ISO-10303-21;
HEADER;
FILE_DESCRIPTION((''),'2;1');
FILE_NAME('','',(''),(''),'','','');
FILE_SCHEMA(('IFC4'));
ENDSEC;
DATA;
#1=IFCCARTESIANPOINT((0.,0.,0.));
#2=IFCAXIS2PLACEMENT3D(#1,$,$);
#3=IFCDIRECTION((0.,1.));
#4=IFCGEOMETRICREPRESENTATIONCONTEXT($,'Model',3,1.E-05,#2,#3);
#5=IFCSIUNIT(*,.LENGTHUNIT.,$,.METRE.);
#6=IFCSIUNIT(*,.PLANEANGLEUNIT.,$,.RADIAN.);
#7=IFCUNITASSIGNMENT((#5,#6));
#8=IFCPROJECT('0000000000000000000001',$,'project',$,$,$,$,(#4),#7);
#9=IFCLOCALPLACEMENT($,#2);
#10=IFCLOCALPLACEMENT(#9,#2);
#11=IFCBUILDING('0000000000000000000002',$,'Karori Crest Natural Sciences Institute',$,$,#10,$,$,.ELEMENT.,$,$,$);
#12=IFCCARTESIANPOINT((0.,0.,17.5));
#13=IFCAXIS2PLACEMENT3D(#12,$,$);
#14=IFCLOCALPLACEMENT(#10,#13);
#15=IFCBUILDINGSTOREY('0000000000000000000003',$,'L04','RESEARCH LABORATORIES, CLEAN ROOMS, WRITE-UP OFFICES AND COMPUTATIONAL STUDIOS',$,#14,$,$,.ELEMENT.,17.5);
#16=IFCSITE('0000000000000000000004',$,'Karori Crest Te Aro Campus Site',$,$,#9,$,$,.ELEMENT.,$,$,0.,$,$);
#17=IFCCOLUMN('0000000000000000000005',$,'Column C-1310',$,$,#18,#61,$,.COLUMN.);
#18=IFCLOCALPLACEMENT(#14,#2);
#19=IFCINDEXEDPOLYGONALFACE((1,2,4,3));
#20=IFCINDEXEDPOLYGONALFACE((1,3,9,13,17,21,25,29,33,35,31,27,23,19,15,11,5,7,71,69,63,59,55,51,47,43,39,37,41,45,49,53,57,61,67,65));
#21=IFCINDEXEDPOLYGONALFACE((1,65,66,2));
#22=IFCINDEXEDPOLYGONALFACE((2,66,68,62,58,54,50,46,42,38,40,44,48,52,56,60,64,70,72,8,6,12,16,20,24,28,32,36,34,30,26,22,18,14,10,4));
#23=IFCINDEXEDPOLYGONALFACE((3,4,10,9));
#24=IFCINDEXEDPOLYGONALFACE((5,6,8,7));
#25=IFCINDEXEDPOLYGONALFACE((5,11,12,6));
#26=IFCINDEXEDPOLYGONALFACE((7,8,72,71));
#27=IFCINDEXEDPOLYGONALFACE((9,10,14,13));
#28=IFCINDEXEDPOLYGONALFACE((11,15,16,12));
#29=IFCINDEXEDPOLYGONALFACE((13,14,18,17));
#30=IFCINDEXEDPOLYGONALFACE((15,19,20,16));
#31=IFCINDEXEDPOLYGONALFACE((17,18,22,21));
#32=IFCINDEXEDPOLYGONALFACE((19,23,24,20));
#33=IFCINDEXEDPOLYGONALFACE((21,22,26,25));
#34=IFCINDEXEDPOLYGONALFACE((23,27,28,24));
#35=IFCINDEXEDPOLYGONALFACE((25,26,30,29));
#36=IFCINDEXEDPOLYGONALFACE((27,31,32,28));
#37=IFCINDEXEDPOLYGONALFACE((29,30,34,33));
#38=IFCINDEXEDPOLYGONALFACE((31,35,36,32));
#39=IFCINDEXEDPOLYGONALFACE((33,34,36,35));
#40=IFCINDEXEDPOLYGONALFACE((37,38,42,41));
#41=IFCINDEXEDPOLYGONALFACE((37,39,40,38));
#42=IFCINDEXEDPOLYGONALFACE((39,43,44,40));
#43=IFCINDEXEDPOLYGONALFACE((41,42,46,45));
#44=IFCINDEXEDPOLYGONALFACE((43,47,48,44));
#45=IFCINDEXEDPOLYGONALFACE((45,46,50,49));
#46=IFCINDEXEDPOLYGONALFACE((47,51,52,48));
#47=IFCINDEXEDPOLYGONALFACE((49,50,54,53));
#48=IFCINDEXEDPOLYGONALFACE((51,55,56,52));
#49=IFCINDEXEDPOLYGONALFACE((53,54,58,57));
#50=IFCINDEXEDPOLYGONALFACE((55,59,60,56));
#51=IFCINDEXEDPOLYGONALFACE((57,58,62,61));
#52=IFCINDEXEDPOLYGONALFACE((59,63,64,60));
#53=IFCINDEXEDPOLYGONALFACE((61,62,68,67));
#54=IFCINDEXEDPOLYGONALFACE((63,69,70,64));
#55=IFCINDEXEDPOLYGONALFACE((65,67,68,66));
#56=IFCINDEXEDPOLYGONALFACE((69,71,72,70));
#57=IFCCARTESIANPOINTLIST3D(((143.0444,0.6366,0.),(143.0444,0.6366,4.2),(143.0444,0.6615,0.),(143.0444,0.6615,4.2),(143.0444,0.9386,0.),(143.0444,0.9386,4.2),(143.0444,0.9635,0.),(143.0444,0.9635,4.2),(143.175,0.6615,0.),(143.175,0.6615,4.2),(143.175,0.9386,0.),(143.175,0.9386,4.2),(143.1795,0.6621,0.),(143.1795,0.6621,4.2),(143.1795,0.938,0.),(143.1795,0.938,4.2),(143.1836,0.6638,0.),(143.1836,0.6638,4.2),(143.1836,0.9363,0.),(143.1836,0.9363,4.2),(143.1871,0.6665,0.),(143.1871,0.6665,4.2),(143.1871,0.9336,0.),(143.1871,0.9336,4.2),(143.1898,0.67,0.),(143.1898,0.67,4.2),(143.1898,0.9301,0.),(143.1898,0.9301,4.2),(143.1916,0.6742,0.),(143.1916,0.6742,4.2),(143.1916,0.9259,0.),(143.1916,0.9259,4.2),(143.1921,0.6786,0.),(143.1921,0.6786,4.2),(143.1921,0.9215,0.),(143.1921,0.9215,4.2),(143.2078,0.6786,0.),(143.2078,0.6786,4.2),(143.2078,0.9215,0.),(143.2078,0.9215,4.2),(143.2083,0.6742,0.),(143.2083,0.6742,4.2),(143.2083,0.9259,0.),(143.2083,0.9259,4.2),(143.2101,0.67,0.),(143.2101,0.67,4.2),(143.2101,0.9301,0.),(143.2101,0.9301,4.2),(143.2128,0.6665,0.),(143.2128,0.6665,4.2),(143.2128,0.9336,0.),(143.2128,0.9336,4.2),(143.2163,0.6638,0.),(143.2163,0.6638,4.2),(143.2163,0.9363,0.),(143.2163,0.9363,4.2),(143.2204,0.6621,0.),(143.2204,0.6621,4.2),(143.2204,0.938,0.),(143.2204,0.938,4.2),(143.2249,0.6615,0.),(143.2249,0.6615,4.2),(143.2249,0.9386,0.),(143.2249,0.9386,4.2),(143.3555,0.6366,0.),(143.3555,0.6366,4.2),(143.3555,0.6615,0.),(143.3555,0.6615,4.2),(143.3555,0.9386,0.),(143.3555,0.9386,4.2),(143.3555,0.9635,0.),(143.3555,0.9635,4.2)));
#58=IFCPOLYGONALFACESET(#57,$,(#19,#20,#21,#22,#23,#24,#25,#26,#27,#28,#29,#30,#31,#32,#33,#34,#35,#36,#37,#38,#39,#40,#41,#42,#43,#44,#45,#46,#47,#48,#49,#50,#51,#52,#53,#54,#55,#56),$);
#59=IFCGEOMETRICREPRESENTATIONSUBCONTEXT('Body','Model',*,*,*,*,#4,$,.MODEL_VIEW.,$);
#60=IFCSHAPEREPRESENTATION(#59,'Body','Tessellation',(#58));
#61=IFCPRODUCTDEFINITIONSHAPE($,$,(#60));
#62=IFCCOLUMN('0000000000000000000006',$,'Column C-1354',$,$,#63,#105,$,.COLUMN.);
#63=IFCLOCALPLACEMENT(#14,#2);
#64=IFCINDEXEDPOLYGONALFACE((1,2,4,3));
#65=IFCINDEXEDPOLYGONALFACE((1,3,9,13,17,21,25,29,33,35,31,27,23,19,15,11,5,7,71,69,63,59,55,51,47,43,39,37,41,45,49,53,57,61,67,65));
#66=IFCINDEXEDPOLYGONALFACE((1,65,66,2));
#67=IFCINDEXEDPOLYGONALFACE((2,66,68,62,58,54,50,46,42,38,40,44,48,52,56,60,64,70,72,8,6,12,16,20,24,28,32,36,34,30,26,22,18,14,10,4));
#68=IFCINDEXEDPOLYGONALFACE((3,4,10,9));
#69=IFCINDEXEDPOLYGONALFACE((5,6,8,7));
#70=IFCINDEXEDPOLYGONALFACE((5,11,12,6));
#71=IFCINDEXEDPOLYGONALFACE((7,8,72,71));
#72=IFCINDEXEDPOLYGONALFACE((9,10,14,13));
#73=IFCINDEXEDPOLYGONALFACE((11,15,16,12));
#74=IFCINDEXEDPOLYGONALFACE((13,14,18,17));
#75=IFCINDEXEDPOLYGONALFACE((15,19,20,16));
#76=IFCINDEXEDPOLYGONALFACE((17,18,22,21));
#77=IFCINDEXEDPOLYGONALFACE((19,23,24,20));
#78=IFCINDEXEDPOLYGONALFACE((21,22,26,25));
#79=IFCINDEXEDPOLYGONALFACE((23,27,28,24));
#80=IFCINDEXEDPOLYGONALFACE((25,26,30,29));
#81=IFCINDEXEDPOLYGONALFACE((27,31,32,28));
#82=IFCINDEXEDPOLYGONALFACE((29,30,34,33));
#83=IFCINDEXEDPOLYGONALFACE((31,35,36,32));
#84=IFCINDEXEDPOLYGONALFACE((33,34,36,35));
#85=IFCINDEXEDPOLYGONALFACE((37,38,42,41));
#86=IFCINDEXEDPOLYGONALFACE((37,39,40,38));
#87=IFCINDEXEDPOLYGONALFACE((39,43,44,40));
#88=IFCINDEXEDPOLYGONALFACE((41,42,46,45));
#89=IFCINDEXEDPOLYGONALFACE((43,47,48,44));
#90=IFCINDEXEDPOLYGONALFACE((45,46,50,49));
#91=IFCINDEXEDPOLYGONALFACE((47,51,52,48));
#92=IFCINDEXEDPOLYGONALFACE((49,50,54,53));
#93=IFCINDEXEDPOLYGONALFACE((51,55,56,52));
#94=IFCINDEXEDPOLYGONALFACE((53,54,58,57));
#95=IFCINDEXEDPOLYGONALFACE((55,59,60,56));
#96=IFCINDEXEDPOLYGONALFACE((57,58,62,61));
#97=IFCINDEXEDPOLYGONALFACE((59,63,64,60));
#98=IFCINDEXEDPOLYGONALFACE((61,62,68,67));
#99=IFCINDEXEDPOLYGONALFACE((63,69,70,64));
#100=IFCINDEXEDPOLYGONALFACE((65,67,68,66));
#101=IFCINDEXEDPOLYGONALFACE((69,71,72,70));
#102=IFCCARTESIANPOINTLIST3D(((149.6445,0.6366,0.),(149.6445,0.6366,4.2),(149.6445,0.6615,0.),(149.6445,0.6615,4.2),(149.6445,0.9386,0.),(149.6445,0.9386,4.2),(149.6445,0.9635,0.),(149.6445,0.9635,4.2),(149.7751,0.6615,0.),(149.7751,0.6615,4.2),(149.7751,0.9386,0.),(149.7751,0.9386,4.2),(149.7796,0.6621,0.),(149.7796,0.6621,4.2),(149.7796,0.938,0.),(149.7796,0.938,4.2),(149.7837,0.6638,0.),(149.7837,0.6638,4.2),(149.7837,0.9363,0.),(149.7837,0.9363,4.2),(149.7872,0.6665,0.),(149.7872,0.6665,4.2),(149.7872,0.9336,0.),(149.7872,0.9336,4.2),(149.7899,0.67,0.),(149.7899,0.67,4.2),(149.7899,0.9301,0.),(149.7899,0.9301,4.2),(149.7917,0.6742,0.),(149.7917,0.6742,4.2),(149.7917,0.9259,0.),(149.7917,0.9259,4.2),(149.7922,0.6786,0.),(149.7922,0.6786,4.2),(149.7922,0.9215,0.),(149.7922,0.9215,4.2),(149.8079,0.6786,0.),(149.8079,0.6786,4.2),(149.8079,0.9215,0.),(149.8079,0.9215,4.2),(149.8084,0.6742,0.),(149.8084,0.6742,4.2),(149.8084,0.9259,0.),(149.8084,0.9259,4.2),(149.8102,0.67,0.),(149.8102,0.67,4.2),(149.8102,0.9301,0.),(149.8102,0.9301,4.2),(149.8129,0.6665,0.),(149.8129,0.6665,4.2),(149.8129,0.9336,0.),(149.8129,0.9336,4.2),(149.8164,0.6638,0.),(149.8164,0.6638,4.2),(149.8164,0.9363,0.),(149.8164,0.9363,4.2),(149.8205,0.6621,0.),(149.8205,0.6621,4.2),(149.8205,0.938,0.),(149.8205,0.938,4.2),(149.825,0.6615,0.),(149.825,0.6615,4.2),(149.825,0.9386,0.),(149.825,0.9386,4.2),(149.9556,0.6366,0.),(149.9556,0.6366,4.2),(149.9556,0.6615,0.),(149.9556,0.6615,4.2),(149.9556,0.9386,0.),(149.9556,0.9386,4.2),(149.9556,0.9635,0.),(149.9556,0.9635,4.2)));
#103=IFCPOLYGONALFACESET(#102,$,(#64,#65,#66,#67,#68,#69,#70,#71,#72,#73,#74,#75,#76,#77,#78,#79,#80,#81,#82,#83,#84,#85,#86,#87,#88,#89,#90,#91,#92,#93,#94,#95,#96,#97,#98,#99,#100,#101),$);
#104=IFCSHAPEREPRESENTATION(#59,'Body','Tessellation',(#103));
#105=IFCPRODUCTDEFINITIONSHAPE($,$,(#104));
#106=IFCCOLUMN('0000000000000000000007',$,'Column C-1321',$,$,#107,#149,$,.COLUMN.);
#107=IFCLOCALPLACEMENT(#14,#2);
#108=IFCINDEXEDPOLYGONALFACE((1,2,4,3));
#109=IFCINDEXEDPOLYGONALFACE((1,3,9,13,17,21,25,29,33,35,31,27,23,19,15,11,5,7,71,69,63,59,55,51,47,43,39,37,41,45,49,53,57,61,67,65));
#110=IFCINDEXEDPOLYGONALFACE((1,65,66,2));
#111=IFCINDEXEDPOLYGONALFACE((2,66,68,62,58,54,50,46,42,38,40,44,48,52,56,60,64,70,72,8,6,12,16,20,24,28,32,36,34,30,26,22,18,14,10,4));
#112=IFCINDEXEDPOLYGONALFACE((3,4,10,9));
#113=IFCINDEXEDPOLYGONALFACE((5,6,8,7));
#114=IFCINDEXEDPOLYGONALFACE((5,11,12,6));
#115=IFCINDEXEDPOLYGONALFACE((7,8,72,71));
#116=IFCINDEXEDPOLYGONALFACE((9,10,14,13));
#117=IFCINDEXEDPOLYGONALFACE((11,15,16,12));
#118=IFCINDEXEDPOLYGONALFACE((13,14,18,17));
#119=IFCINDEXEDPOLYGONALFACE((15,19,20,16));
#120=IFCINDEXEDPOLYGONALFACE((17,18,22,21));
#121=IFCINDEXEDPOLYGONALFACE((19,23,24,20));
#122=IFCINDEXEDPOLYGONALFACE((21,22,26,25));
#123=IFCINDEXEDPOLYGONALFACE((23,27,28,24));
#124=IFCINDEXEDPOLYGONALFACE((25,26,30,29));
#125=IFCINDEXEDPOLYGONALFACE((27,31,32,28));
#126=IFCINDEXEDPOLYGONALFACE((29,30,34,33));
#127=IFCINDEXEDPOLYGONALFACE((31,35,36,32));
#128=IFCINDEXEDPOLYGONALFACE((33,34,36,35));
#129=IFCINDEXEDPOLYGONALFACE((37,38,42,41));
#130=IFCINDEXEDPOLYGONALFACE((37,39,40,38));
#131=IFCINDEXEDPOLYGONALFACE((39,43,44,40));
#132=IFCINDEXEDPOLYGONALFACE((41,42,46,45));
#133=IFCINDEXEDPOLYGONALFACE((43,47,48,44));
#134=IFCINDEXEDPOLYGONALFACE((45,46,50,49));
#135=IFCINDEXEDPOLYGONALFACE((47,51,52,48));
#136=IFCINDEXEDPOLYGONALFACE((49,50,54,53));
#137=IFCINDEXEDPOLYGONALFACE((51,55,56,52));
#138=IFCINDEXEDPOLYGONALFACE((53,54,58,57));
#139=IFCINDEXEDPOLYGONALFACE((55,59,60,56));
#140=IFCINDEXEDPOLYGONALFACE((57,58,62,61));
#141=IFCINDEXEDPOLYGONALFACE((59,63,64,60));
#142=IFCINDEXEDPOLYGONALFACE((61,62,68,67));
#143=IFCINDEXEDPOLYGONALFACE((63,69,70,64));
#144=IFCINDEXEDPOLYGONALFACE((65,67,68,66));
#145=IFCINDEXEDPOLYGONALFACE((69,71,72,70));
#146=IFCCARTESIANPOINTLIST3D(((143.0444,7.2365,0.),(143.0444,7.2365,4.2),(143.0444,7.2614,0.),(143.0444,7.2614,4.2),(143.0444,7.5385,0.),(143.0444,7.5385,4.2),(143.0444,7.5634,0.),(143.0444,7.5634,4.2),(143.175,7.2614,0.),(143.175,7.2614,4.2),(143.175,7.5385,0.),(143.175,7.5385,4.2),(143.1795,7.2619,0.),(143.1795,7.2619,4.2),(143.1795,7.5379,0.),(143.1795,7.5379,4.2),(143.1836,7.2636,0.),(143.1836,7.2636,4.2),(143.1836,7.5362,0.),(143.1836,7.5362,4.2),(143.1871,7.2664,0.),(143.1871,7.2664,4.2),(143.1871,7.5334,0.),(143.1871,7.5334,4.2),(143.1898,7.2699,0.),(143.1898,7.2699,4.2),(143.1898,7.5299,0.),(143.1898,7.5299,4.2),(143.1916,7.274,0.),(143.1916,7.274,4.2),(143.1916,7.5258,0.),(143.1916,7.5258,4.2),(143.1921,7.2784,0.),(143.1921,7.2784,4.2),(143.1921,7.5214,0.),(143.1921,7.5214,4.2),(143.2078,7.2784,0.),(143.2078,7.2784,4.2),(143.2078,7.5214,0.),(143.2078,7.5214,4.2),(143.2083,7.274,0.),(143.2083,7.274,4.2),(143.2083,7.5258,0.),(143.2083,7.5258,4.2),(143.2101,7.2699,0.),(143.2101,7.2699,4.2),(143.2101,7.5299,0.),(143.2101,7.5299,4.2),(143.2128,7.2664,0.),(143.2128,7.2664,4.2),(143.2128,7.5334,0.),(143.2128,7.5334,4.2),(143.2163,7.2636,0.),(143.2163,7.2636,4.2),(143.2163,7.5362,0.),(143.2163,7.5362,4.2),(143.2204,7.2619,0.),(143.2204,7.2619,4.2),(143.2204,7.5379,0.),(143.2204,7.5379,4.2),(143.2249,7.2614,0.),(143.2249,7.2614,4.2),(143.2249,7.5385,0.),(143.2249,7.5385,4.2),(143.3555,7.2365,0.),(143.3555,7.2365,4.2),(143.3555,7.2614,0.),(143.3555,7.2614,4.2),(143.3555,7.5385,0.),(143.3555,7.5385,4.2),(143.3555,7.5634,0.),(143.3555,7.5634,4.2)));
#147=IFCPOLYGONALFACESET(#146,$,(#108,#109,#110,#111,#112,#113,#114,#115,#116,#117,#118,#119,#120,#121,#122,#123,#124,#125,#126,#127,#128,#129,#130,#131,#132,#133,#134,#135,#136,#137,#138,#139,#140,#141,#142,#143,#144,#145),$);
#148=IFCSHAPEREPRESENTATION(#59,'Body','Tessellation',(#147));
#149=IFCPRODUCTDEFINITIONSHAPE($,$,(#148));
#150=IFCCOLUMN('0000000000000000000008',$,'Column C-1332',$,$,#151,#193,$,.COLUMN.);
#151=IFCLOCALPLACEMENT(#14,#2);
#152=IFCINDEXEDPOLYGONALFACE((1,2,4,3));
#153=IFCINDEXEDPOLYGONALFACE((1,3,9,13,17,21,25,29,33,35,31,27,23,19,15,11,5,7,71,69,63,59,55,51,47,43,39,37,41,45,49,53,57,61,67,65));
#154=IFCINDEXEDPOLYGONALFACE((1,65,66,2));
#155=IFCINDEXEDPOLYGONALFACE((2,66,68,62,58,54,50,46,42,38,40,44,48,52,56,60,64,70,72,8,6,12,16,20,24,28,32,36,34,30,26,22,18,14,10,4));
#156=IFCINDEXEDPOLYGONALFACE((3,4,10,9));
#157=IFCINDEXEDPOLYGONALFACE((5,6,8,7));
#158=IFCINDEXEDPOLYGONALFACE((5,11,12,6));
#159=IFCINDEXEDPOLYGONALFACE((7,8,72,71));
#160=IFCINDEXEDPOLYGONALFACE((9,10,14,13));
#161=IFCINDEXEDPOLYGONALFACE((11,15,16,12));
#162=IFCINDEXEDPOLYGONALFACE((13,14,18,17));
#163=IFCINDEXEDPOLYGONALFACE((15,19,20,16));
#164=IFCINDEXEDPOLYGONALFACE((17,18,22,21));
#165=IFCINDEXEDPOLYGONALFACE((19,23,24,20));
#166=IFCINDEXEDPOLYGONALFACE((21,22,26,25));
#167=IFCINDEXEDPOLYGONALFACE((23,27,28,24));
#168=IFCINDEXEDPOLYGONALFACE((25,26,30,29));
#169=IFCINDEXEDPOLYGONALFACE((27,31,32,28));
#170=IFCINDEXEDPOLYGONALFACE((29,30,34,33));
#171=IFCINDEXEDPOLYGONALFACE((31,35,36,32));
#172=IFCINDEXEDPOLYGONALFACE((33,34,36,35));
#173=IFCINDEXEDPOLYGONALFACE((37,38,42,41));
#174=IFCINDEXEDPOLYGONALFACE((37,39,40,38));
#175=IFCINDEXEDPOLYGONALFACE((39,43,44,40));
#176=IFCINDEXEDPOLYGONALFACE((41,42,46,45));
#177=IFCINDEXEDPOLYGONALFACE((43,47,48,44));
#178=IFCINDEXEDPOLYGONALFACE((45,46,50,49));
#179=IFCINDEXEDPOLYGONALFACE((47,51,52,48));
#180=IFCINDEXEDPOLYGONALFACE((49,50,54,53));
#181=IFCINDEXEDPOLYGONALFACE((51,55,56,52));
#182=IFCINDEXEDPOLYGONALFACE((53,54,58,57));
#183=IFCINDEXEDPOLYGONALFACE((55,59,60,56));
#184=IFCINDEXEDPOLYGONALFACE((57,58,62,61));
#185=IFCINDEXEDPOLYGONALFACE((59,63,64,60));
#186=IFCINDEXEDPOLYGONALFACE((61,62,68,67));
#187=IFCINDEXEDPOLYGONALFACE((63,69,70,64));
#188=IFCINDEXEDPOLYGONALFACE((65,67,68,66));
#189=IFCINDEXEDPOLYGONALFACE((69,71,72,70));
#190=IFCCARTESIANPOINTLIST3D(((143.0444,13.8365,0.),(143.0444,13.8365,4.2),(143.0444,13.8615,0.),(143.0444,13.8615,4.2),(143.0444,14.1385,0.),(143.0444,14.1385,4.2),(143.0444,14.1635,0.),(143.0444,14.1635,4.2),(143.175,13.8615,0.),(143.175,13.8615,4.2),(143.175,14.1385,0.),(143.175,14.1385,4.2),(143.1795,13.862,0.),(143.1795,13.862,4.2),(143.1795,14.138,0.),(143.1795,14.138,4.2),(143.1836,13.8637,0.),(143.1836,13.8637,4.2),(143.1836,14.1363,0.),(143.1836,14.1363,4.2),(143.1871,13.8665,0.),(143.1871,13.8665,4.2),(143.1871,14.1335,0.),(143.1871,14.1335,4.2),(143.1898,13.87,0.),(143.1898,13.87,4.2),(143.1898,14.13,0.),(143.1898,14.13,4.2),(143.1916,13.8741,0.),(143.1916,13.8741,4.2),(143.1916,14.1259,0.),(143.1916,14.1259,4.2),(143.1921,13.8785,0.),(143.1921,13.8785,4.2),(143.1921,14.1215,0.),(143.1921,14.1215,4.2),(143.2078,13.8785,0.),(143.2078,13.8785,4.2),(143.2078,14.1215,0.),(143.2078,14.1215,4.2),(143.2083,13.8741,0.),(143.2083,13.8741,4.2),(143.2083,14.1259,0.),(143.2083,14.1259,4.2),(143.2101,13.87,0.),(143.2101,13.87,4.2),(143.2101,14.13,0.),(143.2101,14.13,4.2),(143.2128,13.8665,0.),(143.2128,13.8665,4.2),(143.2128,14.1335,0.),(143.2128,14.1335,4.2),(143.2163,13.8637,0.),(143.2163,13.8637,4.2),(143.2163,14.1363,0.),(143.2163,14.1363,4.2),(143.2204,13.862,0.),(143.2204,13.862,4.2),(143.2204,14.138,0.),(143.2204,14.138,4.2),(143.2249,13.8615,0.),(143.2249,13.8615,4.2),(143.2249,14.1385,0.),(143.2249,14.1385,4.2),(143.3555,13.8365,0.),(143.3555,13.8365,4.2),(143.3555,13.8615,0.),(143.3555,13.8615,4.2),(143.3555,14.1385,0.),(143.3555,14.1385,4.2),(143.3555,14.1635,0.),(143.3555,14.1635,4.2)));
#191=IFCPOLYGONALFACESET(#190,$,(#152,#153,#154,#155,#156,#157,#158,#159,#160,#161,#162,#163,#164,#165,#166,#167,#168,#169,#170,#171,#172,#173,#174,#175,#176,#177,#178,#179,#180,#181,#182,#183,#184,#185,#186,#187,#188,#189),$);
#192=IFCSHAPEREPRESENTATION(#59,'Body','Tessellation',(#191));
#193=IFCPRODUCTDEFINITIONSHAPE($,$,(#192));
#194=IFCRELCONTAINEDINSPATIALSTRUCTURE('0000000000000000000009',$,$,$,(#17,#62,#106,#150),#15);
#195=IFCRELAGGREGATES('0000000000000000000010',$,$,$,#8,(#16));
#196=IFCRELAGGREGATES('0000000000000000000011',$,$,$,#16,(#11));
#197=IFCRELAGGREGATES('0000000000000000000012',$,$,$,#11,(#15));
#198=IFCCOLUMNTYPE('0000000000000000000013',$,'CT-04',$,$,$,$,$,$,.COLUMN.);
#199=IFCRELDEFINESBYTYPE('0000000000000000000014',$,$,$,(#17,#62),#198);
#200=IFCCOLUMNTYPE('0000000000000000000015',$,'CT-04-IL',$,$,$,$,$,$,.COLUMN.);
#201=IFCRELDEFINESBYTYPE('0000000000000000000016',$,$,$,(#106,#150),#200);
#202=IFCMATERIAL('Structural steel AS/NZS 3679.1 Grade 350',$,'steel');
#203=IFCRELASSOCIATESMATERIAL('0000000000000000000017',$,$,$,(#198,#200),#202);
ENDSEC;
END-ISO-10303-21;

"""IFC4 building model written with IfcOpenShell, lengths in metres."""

from ifc_helpers import new_model, si_unit, direction, frame, origin, origin_2d, place, context, subcontext, project, spatial, i_section, extrude, material, material_profile, profile_set, type_object, element, save


model = new_model("IFC4")

# Units and contexts
model_context = context("Model", 3, precision=1e-05, world=origin(), true_north=direction((0.0, 1.0)))
body_context = subcontext(model_context, "Body", "Model", "MODEL_VIEW")
ifc_project = project(units=[si_unit("LENGTHUNIT", "METRE"), si_unit("PLANEANGLEUNIT", "RADIAN")], contexts=[model_context])

# Site, building, storey
site_placement = place(None, origin())
site = spatial("IfcSite", under=ifc_project, at=site_placement, Name="Karori Crest Te Aro Campus Site", CompositionType="ELEMENT", RefElevation=0.0)
building_placement = place(site_placement, origin())
building = spatial("IfcBuilding", under=site, at=building_placement, Name="Karori Crest Natural Sciences Institute", CompositionType="ELEMENT")
storey_placement = place(building_placement, frame((0.0, 0.0, 17.5)))
storey = spatial("IfcBuildingStorey", under=building, at=storey_placement, Name="L04", Description="RESEARCH LABORATORIES, CLEAN ROOMS, WRITE-UP OFFICES AND COMPUTATIONAL STUDIOS", CompositionType="ELEMENT", Elevation=17.5)

# Columns
ifc_material_1 = material(Name="Structural steel AS/NZS 3679.1 Grade 350", Category="steel")
ifc_material_profile_1 = material_profile(ifc_material_1, i_section(OverallWidth=0.311, OverallDepth=0.3269, WebThickness=0.0156, FlangeThickness=0.0249, FilletRadius=0.0171, at=origin_2d()), Name="310UC158")
ifc_profile_set_1 = profile_set([ifc_material_profile_1], Name="Structural steel AS/NZS 3679.1 Grade 350")
column_type_1 = type_object("IfcColumnType", Name="CT-04", PredefinedType="COLUMN", material=ifc_profile_set_1)
for number, where, z_axis, x_axis, name in (
    (1, (143.2, 0.8, 0.0), (0.0, 0.0, 1.0), (1.0, 0.0, 0.0), "Column C-1310"),
    (2, (149.8, 0.8, 0.0), (0.0, 0.0, 1.0), (1.0, 0.0, 0.0), "Column C-1354"),
):
    element("IfcColumn", number, at=place(storey_placement, frame(where, z_axis=z_axis, x_axis=x_axis)), inside=storey, type_object=column_type_1, Name=name, PredefinedType="COLUMN", context=body_context, shape_type="SweptSolid", body=[
        extrude(i_section(OverallWidth=0.311, OverallDepth=0.3269, WebThickness=0.0156, FlangeThickness=0.0249, FilletRadius=0.0171, at=origin_2d()), origin(), (0.0, 0.0, 1.0), 4.2),
    ])
ifc_material_profile_2 = material_profile(ifc_material_1, i_section(OverallWidth=0.311, OverallDepth=0.3269, WebThickness=0.0156, FlangeThickness=0.0249, FilletRadius=0.0171, at=origin_2d()), Name="310UC158")
ifc_profile_set_2 = profile_set([ifc_material_profile_2], Name="Structural steel AS/NZS 3679.1 Grade 350")
column_type_2 = type_object("IfcColumnType", Name="CT-04-IL", PredefinedType="COLUMN", material=ifc_profile_set_2)
for number, where, z_axis, x_axis, name in (
    (3, (143.2, 7.3999, 0.0), (0.0, 0.0, 1.0), (1.0, 0.0, 0.0), "Column C-1321"),
    (4, (143.2, 14.0, 0.0), (0.0, 0.0, 1.0), (1.0, 0.0, 0.0), "Column C-1332"),
):
    element("IfcColumn", number, at=place(storey_placement, frame(where, z_axis=z_axis, x_axis=x_axis)), inside=storey, type_object=column_type_2, Name=name, PredefinedType="COLUMN", context=body_context, shape_type="SweptSolid", body=[
        extrude(i_section(OverallWidth=0.311, OverallDepth=0.3269, WebThickness=0.0156, FlangeThickness=0.0249, FilletRadius=0.0171, at=origin_2d()), origin(), (0.0, 0.0, 1.0), 4.2),
    ])

save(model, "model.ifc")
